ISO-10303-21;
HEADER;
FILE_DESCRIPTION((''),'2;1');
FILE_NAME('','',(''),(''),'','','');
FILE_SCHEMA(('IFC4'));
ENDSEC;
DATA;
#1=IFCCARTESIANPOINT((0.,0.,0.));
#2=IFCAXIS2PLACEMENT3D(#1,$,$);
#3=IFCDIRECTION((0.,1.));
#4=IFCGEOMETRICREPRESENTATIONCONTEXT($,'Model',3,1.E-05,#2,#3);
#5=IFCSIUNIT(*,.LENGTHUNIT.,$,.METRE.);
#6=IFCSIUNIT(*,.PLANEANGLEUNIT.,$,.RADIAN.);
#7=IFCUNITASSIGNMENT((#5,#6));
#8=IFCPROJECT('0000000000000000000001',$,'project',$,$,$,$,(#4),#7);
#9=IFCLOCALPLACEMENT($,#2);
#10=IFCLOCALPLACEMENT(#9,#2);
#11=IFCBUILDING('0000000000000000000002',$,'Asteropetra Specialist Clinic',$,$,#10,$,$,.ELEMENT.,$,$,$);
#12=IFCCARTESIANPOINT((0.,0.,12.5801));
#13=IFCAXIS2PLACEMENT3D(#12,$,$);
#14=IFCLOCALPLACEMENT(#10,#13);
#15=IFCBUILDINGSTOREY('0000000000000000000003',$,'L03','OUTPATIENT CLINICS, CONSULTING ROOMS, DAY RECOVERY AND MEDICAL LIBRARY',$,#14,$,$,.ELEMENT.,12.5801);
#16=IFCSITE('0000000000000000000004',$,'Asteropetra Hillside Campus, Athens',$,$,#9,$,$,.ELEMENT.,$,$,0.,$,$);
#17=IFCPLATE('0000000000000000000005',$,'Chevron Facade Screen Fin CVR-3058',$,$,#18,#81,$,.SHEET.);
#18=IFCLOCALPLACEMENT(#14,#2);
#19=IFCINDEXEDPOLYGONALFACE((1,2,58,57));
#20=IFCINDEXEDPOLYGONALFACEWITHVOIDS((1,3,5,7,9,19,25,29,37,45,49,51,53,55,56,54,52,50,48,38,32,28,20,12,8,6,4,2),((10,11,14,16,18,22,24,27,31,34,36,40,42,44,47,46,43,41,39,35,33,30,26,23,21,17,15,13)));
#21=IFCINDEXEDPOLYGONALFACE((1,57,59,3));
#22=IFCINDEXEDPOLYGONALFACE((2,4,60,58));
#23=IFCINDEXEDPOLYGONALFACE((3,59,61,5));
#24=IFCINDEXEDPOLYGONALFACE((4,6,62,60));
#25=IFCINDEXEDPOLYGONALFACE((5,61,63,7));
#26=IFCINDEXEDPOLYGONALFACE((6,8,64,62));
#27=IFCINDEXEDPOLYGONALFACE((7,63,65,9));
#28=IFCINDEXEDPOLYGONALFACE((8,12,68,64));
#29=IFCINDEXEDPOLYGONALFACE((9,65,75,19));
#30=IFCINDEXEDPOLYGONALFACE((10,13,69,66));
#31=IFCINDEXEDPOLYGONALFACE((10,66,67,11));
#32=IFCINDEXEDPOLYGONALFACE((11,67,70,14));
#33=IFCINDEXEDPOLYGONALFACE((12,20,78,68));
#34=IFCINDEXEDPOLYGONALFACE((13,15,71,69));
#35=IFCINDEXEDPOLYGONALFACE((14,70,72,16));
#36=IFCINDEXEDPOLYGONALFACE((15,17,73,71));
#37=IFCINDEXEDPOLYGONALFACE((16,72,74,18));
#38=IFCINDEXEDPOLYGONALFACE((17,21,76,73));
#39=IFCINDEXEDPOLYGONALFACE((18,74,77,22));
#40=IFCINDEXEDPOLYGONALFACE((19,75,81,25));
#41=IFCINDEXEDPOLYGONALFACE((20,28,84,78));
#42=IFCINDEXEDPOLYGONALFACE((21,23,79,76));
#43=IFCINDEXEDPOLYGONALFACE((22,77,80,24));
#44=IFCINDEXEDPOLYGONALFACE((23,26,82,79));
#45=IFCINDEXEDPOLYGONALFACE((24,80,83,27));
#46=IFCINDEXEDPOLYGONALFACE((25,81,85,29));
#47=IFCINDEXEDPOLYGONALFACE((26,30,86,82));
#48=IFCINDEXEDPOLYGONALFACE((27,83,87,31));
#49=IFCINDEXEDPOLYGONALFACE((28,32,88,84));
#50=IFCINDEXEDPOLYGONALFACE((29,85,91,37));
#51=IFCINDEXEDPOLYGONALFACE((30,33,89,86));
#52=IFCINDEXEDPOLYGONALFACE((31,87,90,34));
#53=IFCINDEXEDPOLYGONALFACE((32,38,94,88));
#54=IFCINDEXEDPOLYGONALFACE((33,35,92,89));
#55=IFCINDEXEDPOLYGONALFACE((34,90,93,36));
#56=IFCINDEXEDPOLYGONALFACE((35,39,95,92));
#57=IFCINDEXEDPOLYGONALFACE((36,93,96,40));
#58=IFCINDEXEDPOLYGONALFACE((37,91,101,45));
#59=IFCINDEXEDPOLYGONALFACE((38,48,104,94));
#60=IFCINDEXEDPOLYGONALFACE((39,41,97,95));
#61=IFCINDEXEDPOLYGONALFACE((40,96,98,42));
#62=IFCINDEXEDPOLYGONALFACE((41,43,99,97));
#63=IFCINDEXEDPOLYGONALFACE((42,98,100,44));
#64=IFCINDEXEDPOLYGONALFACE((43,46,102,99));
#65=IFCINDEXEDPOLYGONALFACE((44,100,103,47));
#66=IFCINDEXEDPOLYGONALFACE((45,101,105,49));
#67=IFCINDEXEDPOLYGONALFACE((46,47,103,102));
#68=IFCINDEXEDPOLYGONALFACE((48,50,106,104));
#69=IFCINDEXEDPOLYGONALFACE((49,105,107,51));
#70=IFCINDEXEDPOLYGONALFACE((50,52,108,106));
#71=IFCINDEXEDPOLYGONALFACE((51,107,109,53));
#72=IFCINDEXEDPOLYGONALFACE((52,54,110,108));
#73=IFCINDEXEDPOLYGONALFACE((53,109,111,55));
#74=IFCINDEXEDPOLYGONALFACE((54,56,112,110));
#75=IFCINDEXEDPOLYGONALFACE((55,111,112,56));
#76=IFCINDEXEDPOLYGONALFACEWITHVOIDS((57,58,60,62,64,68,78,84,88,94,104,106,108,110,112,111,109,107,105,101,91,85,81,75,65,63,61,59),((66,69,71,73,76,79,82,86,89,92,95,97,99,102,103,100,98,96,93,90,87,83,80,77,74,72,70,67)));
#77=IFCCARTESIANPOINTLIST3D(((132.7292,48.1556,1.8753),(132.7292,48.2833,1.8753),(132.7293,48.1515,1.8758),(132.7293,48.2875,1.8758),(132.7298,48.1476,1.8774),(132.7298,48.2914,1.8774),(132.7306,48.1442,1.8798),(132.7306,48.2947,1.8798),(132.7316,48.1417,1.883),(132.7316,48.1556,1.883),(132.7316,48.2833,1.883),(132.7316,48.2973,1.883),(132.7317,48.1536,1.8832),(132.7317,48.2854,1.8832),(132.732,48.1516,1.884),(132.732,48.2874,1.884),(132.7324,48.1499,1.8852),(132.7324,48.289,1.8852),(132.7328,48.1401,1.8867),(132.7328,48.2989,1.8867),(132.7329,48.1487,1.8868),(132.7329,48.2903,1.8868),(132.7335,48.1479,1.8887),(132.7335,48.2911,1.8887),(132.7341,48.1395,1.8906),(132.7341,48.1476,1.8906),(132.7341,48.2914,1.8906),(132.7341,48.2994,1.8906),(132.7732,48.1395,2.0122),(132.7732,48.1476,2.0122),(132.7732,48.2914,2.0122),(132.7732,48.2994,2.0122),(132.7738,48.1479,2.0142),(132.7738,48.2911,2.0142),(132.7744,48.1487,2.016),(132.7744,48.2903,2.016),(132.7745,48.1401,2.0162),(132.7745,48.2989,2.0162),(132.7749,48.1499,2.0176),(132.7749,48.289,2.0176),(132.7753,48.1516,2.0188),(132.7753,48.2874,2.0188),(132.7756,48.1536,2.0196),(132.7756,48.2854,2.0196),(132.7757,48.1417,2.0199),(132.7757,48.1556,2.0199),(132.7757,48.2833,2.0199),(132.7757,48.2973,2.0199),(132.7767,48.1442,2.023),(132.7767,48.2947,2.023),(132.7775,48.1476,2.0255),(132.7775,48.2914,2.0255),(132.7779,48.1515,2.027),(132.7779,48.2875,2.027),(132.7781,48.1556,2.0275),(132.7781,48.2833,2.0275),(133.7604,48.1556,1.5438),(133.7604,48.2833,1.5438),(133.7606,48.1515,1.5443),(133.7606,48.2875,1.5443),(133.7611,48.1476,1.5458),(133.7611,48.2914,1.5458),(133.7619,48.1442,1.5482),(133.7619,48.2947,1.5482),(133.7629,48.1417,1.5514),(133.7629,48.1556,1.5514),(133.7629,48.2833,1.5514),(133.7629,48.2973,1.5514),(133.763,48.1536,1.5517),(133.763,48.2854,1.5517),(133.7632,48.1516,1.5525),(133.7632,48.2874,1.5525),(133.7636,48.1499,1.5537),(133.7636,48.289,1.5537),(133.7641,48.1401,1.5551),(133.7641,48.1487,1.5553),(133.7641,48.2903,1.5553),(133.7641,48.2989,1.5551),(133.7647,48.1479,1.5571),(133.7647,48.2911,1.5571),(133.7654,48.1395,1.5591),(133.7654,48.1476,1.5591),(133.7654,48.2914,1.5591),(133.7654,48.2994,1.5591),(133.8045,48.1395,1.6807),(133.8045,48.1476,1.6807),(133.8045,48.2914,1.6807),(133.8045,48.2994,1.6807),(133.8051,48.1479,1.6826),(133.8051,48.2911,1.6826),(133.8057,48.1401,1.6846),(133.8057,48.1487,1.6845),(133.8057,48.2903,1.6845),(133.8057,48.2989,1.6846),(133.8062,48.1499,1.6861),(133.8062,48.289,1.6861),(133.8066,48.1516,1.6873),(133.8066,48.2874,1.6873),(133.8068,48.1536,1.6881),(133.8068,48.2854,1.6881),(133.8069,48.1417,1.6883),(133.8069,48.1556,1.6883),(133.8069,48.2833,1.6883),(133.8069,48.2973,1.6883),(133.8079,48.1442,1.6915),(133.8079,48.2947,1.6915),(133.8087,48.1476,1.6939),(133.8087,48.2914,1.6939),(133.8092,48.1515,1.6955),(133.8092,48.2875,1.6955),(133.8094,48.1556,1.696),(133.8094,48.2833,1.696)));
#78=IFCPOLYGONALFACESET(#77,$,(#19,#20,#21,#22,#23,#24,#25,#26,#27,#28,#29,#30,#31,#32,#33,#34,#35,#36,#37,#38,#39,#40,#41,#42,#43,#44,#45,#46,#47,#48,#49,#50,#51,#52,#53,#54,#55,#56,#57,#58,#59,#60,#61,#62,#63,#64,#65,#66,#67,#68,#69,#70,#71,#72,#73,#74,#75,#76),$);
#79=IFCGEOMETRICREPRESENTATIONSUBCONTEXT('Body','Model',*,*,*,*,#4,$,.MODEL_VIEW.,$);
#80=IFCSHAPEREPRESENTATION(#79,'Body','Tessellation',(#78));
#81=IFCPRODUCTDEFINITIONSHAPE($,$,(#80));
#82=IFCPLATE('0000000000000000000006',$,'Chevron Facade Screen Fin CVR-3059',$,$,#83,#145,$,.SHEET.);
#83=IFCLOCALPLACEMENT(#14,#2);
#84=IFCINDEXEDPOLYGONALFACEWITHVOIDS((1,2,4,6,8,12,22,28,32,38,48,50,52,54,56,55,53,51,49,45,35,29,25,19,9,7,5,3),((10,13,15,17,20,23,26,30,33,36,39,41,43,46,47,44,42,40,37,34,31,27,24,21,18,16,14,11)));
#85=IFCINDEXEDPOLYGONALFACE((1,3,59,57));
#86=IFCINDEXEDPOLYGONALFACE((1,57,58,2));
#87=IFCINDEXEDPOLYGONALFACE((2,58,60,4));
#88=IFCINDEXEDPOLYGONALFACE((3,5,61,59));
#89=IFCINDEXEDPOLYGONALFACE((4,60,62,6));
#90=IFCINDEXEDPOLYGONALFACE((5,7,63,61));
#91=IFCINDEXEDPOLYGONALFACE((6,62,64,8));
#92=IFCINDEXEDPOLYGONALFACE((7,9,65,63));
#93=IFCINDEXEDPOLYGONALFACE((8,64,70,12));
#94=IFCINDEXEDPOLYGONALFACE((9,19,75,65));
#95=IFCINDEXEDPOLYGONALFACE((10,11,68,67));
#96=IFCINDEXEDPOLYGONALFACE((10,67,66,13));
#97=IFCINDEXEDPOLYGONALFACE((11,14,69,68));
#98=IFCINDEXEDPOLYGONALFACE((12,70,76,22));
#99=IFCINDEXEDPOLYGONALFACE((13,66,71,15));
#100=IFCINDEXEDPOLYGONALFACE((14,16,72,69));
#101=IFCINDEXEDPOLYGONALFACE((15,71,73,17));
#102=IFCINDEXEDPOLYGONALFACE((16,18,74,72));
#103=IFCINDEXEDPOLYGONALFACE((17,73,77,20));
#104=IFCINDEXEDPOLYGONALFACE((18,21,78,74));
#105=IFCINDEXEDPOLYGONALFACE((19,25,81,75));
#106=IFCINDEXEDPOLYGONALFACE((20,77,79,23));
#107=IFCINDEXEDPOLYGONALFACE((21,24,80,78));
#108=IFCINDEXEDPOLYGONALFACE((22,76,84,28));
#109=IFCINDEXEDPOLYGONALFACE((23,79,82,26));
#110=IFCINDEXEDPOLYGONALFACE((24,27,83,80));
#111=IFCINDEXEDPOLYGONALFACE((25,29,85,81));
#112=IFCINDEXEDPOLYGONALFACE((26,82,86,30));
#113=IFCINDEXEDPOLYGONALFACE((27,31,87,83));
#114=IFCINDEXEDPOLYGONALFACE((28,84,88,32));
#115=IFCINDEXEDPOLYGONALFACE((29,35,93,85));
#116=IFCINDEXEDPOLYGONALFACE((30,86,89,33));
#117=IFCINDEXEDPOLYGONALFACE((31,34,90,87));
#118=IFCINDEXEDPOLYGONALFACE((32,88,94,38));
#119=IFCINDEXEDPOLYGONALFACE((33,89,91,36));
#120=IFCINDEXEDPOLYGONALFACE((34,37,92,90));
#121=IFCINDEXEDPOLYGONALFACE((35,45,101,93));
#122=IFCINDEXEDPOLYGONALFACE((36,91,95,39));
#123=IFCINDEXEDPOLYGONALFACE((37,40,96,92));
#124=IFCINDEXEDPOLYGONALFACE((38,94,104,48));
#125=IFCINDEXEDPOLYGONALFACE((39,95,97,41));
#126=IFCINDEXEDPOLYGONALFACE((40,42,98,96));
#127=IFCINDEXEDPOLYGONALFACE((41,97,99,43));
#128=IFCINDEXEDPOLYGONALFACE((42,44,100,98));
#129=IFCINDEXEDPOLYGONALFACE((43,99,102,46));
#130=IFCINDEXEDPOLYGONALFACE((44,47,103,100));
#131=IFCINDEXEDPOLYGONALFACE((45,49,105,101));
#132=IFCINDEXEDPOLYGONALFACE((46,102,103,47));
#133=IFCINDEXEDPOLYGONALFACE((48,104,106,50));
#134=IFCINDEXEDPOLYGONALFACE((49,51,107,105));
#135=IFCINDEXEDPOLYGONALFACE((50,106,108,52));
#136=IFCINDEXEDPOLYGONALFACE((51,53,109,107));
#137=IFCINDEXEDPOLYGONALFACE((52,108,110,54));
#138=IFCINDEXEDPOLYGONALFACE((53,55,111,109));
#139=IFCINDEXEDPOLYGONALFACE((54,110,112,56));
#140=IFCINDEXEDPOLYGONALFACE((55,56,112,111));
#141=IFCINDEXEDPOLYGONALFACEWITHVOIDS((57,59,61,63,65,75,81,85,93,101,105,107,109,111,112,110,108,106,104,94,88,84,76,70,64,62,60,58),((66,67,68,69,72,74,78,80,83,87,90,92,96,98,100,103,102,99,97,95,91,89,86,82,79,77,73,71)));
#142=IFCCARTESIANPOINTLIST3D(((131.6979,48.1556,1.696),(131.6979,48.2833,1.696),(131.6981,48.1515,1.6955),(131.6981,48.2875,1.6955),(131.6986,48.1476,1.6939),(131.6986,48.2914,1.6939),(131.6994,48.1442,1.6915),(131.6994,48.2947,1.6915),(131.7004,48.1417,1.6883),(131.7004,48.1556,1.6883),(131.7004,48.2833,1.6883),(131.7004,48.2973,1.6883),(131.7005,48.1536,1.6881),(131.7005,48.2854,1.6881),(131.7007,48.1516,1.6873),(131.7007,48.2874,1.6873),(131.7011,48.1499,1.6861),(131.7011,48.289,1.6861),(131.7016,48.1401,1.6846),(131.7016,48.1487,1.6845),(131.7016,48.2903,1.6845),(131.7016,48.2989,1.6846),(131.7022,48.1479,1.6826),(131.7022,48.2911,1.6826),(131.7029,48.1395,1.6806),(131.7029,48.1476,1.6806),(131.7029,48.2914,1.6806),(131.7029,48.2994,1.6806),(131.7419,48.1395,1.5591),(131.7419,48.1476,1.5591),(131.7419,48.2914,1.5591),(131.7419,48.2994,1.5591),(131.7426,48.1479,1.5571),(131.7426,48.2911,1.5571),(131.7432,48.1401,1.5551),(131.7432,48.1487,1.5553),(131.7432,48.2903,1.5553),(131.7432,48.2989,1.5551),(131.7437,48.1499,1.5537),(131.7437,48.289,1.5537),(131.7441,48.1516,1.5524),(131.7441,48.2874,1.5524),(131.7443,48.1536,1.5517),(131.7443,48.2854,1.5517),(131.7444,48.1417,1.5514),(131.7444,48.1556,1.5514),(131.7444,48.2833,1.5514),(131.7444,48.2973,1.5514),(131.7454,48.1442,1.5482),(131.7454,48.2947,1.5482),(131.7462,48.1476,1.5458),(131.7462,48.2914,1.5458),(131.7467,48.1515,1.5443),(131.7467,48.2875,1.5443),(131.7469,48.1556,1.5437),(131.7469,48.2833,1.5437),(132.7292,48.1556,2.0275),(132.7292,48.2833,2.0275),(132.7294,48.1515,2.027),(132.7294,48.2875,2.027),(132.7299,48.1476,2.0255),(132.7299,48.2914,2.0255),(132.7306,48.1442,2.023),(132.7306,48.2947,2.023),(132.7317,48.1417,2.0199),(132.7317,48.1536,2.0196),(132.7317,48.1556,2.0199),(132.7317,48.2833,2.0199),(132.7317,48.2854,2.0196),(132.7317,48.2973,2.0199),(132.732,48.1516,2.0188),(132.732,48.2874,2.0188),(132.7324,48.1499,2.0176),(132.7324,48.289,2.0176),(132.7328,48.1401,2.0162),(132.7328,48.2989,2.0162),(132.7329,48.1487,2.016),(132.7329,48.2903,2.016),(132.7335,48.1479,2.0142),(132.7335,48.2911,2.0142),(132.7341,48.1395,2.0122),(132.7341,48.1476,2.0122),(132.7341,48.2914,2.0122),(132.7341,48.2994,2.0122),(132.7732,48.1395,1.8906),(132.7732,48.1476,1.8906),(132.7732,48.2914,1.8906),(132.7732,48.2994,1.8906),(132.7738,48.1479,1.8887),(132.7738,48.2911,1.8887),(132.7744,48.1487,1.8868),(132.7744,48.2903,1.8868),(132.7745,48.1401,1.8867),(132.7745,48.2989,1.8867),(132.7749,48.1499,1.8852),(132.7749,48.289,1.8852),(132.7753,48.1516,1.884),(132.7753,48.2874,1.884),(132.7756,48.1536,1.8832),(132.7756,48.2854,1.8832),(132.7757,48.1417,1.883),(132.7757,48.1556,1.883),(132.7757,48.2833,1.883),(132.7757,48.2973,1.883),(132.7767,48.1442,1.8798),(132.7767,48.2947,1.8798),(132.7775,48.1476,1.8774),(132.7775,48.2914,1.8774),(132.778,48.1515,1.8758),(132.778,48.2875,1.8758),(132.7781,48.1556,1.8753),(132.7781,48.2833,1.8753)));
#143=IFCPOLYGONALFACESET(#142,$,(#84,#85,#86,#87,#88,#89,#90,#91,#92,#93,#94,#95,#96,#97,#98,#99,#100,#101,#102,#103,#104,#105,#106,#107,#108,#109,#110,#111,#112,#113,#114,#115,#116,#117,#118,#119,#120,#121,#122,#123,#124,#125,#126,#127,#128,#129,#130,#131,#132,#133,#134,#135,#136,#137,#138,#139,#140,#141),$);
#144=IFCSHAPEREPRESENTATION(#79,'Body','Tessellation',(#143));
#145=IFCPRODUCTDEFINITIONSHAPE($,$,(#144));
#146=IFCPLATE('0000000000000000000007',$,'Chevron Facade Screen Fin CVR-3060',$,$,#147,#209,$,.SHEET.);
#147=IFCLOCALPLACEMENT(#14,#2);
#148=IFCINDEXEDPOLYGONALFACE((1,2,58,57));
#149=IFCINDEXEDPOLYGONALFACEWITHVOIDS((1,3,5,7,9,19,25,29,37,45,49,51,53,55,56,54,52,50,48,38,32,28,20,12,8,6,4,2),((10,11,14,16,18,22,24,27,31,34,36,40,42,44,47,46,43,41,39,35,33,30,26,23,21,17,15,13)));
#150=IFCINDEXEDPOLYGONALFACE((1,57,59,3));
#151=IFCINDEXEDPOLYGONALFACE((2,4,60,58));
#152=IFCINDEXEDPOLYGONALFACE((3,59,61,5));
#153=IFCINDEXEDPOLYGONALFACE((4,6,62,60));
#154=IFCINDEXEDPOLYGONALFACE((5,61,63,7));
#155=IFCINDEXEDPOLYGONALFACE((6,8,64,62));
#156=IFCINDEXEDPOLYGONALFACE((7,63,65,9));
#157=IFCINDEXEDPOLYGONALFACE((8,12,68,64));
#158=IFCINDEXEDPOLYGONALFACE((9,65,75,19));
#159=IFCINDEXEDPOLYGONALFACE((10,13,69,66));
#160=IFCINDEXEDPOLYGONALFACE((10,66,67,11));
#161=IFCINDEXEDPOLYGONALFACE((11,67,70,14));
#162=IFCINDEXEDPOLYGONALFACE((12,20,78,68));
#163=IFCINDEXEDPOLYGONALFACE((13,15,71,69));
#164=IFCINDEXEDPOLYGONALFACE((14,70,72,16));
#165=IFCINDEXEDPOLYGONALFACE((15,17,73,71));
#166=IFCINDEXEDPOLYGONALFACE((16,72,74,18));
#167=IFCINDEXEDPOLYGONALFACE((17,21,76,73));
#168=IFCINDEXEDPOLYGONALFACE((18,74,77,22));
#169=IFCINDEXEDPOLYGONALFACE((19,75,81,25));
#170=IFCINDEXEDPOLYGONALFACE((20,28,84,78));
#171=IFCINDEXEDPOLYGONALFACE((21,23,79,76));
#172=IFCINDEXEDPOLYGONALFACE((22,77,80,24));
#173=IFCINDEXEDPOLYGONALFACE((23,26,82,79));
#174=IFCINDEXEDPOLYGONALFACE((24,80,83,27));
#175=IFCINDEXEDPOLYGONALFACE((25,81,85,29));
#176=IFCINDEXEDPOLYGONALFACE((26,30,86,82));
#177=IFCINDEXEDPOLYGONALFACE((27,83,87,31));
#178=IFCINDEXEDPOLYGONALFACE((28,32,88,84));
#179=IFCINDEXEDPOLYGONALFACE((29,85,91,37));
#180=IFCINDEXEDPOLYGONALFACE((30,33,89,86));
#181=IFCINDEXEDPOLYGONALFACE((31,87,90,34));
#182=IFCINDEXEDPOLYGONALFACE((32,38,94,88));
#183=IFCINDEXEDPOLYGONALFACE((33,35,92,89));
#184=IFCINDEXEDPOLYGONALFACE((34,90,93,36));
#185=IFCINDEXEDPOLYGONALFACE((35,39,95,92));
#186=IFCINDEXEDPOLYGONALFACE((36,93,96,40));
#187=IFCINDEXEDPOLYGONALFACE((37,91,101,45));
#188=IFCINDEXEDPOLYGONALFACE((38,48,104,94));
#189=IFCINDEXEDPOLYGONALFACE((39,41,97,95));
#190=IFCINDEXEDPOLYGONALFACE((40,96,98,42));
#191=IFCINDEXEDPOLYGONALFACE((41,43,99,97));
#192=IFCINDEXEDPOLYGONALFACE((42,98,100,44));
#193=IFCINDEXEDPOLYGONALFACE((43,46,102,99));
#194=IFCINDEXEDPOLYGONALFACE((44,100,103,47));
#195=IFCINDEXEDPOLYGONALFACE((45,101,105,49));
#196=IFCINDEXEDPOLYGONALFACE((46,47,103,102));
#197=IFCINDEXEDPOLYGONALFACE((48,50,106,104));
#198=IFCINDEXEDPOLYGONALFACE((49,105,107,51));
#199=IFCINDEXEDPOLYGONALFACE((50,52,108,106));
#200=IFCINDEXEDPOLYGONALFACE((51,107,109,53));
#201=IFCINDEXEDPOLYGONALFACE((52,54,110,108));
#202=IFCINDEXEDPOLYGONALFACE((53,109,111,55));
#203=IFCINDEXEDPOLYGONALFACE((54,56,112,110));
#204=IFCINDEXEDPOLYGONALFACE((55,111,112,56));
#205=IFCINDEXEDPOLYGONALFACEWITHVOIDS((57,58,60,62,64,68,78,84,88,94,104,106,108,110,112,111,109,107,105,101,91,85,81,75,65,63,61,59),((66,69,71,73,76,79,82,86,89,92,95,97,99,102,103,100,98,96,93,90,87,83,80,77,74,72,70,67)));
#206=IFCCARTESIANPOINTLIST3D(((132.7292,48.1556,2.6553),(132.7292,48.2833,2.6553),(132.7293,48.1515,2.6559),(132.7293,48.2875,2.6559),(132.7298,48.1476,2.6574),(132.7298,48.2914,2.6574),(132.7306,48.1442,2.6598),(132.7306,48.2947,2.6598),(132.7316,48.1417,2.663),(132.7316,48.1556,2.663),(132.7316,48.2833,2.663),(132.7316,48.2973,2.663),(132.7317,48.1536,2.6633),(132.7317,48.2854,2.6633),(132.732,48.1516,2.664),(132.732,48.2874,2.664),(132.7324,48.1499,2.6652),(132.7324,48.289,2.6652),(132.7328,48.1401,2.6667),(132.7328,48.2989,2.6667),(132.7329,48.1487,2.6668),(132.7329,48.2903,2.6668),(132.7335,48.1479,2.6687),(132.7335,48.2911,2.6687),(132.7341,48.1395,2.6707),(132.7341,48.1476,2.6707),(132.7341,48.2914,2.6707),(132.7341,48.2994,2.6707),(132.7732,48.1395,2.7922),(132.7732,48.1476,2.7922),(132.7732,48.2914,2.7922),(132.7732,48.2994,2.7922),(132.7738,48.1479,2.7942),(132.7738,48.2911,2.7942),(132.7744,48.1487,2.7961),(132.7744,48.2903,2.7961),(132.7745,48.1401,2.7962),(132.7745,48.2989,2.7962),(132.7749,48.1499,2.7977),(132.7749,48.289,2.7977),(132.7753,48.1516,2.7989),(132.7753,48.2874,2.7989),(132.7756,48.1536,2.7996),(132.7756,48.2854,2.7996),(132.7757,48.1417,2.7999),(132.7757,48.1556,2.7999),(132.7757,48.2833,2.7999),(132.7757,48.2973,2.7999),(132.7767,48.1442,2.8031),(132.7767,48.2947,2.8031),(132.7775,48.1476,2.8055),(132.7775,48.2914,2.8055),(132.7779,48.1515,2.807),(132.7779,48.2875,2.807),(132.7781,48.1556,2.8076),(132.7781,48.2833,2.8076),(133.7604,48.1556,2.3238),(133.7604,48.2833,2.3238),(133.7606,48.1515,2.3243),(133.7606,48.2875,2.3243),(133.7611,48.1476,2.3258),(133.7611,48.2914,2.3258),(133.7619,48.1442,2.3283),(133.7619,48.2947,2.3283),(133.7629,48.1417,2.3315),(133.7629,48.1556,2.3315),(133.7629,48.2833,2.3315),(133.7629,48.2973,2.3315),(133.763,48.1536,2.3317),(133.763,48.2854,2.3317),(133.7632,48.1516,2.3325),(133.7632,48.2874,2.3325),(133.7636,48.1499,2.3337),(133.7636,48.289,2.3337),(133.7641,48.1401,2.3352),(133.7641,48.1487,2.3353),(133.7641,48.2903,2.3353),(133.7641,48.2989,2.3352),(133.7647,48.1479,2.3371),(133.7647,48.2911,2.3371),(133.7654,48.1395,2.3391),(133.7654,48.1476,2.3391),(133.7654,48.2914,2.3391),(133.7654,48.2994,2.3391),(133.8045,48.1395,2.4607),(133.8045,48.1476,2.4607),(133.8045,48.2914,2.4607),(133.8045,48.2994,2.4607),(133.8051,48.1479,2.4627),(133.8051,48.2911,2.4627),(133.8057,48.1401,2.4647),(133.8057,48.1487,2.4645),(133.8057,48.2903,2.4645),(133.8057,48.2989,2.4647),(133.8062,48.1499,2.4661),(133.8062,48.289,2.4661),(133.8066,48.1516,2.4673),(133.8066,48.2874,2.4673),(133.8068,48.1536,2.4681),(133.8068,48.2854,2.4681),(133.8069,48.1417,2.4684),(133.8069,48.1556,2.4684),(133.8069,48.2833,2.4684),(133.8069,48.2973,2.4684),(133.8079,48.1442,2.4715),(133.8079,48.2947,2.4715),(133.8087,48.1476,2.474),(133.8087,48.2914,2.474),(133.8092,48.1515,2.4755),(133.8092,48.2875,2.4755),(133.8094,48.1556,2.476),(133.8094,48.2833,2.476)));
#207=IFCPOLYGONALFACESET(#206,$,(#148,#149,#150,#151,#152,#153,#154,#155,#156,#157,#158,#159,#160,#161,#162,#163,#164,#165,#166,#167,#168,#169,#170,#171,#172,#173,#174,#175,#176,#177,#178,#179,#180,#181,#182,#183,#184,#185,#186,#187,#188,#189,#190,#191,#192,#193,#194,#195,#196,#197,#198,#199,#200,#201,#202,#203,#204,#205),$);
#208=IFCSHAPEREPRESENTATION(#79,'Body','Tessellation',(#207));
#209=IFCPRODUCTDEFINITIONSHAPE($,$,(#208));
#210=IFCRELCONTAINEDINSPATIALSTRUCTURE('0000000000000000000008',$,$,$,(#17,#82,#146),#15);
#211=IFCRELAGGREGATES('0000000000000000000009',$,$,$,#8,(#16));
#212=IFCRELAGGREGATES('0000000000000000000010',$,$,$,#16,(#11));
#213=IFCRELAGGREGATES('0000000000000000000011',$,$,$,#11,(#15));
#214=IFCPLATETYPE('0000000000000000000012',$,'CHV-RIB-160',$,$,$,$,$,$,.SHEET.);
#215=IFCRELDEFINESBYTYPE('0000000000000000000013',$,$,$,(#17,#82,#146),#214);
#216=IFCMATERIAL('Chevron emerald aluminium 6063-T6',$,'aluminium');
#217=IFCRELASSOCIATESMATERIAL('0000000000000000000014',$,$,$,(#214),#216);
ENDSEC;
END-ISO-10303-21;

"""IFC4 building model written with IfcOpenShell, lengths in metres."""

from ifc_helpers import new_model, si_unit, direction, frame, origin, origin_2d, place, context, subcontext, project, spatial, hollow_rectangle, extrude, material, material_profile, profile_set, type_object, element, save


model = new_model("IFC4")

# Units and contexts
model_context = context("Model", 3, precision=1e-05, world=origin(), true_north=direction((0.0, 1.0)))
body_context = subcontext(model_context, "Body", "Model", "MODEL_VIEW")
ifc_project = project(units=[si_unit("LENGTHUNIT", "METRE"), si_unit("PLANEANGLEUNIT", "RADIAN")], contexts=[model_context])

# Site, building, storey
site_placement = place(None, origin())
site = spatial("IfcSite", under=ifc_project, at=site_placement, Name="Asteropetra Hillside Campus, Athens", CompositionType="ELEMENT", RefElevation=0.0)
building_placement = place(site_placement, origin())
building = spatial("IfcBuilding", under=site, at=building_placement, Name="Asteropetra Specialist Clinic", CompositionType="ELEMENT")
storey_placement = place(building_placement, frame((0.0, 0.0, 12.5801)))
storey = spatial("IfcBuildingStorey", under=building, at=storey_placement, Name="L03", Description="OUTPATIENT CLINICS, CONSULTING ROOMS, DAY RECOVERY AND MEDICAL LIBRARY", CompositionType="ELEMENT", Elevation=12.5801)

# Plates
ifc_material_1 = material(Name="Chevron emerald aluminium 6063-T6", Category="aluminium")
ifc_material_profile_1 = material_profile(ifc_material_1, hollow_rectangle(XDim=0.1599, YDim=0.1599, WallThickness=0.0081, InnerFilletRadius=0.0081, OuterFilletRadius=0.0161, at=origin_2d()), Name="SHS 160x160x8.0")
ifc_profile_set_1 = profile_set([ifc_material_profile_1], Name="Chevron emerald aluminium 6063-T6")
plate_type_1 = type_object("IfcPlateType", Name="CHV-RIB-160", PredefinedType="SHEET", material=ifc_profile_set_1)
for number, where, z_axis, x_axis, name in (
    (1, (133.7849, 48.2195, 1.6199), (-0.95201, 0.0, 0.306068), (0.0, -1.0, 0.0), "Chevron Facade Screen Fin CVR-3058"),
    (2, (132.7537, 48.2195, 1.9514), (-0.95201, 0.0, -0.306068), (0.0, -1.0, 0.0), "Chevron Facade Screen Fin CVR-3059"),
    (3, (133.7849, 48.2195, 2.3999), (-0.95201, 0.0, 0.306068), (0.0, -1.0, 0.0), "Chevron Facade Screen Fin CVR-3060"),
):
    element("IfcPlate", number, at=place(storey_placement, frame(where, z_axis=z_axis, x_axis=x_axis)), inside=storey, type_object=plate_type_1, Name=name, PredefinedType="SHEET", context=body_context, shape_type="SweptSolid", body=[
        extrude(hollow_rectangle(XDim=0.1599, YDim=0.1599, WallThickness=0.0081, InnerFilletRadius=0.0081, OuterFilletRadius=0.0161, at=origin_2d()), origin(), (0.0, 0.0, 1.0), 1.0833),
    ])

save(model, "model.ifc")
